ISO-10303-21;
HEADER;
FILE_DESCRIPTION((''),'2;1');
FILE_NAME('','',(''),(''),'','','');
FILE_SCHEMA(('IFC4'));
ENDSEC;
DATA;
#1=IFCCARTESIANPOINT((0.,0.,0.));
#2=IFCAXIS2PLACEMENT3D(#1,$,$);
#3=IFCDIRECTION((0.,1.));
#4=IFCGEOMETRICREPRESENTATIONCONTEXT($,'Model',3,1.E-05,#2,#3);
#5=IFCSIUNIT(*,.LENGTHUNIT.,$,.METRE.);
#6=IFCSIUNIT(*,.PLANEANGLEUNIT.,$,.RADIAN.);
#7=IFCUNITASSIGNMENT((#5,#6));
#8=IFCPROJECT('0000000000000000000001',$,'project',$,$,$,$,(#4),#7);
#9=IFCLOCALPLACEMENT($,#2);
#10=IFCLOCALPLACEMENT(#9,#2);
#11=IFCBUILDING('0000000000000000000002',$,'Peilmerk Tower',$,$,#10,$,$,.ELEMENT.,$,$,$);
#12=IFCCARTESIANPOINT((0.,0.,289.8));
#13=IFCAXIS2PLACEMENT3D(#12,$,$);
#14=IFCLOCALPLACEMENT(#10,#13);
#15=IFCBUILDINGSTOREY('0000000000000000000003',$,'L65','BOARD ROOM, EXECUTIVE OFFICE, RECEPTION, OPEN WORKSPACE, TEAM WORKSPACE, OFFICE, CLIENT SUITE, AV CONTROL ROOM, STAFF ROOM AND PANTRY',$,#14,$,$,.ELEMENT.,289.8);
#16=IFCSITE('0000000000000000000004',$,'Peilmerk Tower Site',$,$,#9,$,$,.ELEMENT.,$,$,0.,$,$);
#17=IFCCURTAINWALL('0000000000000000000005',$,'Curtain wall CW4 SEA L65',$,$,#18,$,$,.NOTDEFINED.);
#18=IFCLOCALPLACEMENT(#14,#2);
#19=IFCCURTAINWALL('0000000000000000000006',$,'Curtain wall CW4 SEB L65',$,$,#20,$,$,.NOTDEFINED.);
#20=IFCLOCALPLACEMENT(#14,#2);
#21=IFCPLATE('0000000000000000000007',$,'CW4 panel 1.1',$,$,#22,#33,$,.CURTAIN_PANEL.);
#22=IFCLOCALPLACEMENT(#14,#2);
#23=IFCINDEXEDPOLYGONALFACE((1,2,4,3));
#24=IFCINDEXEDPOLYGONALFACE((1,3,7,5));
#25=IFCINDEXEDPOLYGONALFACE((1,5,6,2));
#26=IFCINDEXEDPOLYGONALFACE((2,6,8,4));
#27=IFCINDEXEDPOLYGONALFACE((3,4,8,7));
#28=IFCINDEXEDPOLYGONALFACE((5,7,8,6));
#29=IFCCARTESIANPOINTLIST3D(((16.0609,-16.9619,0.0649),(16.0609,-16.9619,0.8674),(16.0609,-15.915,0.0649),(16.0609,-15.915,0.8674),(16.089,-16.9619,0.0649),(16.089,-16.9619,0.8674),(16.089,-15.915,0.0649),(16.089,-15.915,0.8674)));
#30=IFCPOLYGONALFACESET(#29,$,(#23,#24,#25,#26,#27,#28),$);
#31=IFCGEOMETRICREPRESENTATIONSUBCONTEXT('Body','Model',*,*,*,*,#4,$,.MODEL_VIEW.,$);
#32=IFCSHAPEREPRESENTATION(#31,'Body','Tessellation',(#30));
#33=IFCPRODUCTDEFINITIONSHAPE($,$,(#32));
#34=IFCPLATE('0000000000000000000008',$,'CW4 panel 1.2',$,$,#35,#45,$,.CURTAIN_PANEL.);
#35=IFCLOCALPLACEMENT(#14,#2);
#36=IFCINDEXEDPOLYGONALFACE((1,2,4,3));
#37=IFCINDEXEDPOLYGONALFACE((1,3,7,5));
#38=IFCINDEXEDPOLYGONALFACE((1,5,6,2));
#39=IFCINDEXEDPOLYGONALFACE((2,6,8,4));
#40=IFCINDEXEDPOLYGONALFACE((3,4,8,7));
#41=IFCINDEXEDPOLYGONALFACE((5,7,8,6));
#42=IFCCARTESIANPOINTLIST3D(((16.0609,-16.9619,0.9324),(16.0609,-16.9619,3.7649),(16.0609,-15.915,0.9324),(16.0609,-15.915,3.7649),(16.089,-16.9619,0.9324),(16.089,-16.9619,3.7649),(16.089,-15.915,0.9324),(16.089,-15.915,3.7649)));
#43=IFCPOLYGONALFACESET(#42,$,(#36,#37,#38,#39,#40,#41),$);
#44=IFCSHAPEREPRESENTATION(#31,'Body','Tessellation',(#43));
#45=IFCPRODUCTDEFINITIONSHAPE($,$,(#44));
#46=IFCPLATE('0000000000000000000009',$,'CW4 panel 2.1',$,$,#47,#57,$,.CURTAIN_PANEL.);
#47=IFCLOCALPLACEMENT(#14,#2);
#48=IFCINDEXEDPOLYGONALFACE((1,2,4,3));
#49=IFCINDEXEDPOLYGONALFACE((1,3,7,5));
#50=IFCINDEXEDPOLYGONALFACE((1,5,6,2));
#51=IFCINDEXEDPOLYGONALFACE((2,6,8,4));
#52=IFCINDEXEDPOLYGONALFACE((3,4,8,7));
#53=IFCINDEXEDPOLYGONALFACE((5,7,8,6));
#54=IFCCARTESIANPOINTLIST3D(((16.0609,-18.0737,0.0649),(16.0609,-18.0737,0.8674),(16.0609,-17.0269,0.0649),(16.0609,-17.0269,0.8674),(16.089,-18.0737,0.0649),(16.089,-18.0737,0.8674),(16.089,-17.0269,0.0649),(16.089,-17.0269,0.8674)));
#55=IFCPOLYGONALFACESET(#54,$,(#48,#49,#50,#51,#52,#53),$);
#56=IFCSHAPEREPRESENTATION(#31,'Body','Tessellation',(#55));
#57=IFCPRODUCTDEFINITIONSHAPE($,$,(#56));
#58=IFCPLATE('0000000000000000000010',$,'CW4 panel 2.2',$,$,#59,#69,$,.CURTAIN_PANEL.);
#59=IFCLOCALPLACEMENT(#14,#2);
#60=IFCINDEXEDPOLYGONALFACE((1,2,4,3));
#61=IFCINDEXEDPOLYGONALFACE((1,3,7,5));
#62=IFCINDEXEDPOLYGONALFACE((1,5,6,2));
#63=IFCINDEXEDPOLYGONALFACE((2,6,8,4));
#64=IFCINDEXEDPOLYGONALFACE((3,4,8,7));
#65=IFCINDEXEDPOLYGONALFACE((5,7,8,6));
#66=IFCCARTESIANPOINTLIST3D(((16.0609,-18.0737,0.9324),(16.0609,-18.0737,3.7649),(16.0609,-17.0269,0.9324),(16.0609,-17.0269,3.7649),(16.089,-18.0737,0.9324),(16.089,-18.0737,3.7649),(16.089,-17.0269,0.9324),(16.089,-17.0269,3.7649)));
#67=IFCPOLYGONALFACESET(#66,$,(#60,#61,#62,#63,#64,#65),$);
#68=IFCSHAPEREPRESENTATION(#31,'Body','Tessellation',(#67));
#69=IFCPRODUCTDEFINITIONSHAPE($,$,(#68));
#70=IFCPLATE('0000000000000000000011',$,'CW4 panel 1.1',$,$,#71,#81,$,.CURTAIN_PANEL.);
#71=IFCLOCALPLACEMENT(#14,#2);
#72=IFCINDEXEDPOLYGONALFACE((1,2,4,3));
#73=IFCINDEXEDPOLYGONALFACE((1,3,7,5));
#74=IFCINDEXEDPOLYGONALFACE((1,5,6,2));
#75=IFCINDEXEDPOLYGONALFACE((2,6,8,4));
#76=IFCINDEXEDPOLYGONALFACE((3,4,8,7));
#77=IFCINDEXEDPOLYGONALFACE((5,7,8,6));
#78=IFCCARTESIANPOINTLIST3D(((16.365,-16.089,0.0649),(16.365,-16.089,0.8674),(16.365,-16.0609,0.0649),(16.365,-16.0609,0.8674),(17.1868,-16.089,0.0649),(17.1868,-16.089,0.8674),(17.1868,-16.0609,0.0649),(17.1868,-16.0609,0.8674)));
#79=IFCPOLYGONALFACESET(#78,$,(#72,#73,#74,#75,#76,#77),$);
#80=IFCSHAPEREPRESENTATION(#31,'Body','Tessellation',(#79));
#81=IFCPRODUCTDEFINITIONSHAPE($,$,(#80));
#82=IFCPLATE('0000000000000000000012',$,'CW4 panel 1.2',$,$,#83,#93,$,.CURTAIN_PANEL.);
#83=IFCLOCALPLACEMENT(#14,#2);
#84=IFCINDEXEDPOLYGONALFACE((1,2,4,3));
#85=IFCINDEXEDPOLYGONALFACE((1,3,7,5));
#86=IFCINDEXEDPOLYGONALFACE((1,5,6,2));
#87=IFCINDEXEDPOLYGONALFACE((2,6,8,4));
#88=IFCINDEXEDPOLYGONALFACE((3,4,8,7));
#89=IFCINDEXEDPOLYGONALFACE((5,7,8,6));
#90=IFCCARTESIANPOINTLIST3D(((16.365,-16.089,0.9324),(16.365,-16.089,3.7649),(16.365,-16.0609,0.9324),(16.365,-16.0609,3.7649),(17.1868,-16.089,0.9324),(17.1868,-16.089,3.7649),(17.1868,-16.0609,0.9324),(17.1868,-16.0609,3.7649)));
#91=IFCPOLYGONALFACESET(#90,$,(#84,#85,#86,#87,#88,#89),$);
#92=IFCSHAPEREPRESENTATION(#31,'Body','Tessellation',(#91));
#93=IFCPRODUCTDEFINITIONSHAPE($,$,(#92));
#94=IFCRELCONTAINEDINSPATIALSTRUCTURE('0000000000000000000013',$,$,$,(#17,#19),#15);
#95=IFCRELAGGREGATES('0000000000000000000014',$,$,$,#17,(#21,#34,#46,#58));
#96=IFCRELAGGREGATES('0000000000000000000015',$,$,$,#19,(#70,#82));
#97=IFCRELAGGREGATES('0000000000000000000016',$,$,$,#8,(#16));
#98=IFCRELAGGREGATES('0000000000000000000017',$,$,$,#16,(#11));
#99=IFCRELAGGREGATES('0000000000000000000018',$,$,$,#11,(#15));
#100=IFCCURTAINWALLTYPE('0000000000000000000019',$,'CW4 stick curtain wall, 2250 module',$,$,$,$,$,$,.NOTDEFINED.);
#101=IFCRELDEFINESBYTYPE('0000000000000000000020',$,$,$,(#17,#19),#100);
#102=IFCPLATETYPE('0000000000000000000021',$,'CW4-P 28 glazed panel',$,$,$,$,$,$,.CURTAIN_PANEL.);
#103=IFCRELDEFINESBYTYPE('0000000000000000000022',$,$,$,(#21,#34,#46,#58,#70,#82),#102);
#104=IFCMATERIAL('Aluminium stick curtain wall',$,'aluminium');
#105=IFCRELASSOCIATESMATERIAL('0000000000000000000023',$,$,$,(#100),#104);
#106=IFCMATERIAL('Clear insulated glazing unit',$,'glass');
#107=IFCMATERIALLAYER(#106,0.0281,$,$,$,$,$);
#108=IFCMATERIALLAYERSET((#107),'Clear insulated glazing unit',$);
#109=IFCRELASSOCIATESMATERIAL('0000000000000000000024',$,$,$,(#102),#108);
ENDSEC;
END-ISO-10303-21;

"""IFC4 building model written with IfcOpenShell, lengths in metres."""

from ifc_helpers import new_model, si_unit, direction, frame, origin, origin_2d, place, context, subcontext, project, spatial, rectangle, extrude, material, layer, layer_set, type_object, element, aggregate, save


model = new_model("IFC4")

# Units and contexts
model_context = context("Model", 3, precision=1e-05, world=origin(), true_north=direction((0.0, 1.0)))
body_context = subcontext(model_context, "Body", "Model", "MODEL_VIEW")
ifc_project = project(units=[si_unit("LENGTHUNIT", "METRE"), si_unit("PLANEANGLEUNIT", "RADIAN")], contexts=[model_context])

# Site, building, storey
site_placement = place(None, origin())
site = spatial("IfcSite", under=ifc_project, at=site_placement, Name="Peilmerk Tower Site", CompositionType="ELEMENT", RefElevation=0.0)
building_placement = place(site_placement, origin())
building = spatial("IfcBuilding", under=site, at=building_placement, Name="Peilmerk Tower", CompositionType="ELEMENT")
storey_placement = place(building_placement, frame((0.0, 0.0, 289.8)))
storey = spatial("IfcBuildingStorey", under=building, at=storey_placement, Name="L65", Description="BOARD ROOM, EXECUTIVE OFFICE, RECEPTION, OPEN WORKSPACE, TEAM WORKSPACE, OFFICE, CLIENT SUITE, AV CONTROL ROOM, STAFF ROOM AND PANTRY", CompositionType="ELEMENT", Elevation=289.8)

# Curtain walls
ifc_material_1 = material(Name="Aluminium stick curtain wall", Category="aluminium")
curtain_wall_type = type_object("IfcCurtainWallType", Name="CW4 stick curtain wall, 2250 module", PredefinedType="NOTDEFINED", material=ifc_material_1)
curtain_wall_1_placement = place(storey_placement, origin())
curtain_wall_1 = element("IfcCurtainWall", 1, at=curtain_wall_1_placement, inside=storey, type_object=curtain_wall_type, Name="Curtain wall CW4 SEA L65", PredefinedType="NOTDEFINED")
curtain_wall_2_placement = place(storey_placement, origin())
curtain_wall_2 = element("IfcCurtainWall", 2, at=curtain_wall_2_placement, inside=storey, type_object=curtain_wall_type, Name="Curtain wall CW4 SEB L65", PredefinedType="NOTDEFINED")

# Plates
ifc_material_2 = material(Name="Clear insulated glazing unit", Category="glass")
ifc_layer_1 = layer(ifc_material_2, 0.0281)
ifc_layer_set_1 = layer_set([ifc_layer_1], Name="Clear insulated glazing unit")
plate_type = type_object("IfcPlateType", Name="CW4-P 28 glazed panel", PredefinedType="CURTAIN_PANEL", material=ifc_layer_set_1)
plate_1_placement = place(storey_placement, frame((16.075, -16.4385, 0.0649), z_axis=(0.0, 0.0, 1.0), x_axis=(0.0, -1.0, 0.0)))
plate_1 = element("IfcPlate", 3, at=plate_1_placement, type_object=plate_type, Name="CW4 panel 1.1", PredefinedType="CURTAIN_PANEL", context=body_context, shape_type="SweptSolid", body=[
    extrude(rectangle(XDim=1.0469, YDim=0.0281, at=origin_2d()), origin(), (0.0, 0.0, 1.0), 0.8025),
])
plate_2_placement = place(storey_placement, frame((16.075, -16.4385, 0.9324), z_axis=(0.0, 0.0, 1.0), x_axis=(0.0, -1.0, 0.0)))
plate_2 = element("IfcPlate", 4, at=plate_2_placement, type_object=plate_type, Name="CW4 panel 1.2", PredefinedType="CURTAIN_PANEL", context=body_context, shape_type="SweptSolid", body=[
    extrude(rectangle(XDim=1.0469, YDim=0.0281, at=origin_2d()), origin(), (0.0, 0.0, 1.0), 2.8325),
])
plate_3_placement = place(storey_placement, frame((16.075, -17.5503, 0.0649), z_axis=(0.0, 0.0, 1.0), x_axis=(0.0, -1.0, 0.0)))
plate_3 = element("IfcPlate", 5, at=plate_3_placement, type_object=plate_type, Name="CW4 panel 2.1", PredefinedType="CURTAIN_PANEL", context=body_context, shape_type="SweptSolid", body=[
    extrude(rectangle(XDim=1.0469, YDim=0.0281, at=origin_2d()), origin(), (0.0, 0.0, 1.0), 0.8025),
])
plate_4_placement = place(storey_placement, frame((16.075, -17.5503, 0.9324), z_axis=(0.0, 0.0, 1.0), x_axis=(0.0, -1.0, 0.0)))
plate_4 = element("IfcPlate", 6, at=plate_4_placement, type_object=plate_type, Name="CW4 panel 2.2", PredefinedType="CURTAIN_PANEL", context=body_context, shape_type="SweptSolid", body=[
    extrude(rectangle(XDim=1.0469, YDim=0.0281, at=origin_2d()), origin(), (0.0, 0.0, 1.0), 2.8325),
])
aggregate(curtain_wall_1, [plate_1, plate_2, plate_3, plate_4])
plate_5_placement = place(storey_placement, frame((16.7759, -16.075, 0.0649), z_axis=(0.0, 0.0, 1.0), x_axis=(1.0, 0.0, 0.0)))
plate_5 = element("IfcPlate", 7, at=plate_5_placement, type_object=plate_type, Name="CW4 panel 1.1", PredefinedType="CURTAIN_PANEL", context=body_context, shape_type="SweptSolid", body=[
    extrude(rectangle(XDim=0.8218, YDim=0.0281, at=origin_2d()), origin(), (0.0, 0.0, 1.0), 0.8025),
])
plate_6_placement = place(storey_placement, frame((16.7759, -16.075, 0.9324), z_axis=(0.0, 0.0, 1.0), x_axis=(1.0, 0.0, 0.0)))
plate_6 = element("IfcPlate", 8, at=plate_6_placement, type_object=plate_type, Name="CW4 panel 1.2", PredefinedType="CURTAIN_PANEL", context=body_context, shape_type="SweptSolid", body=[
    extrude(rectangle(XDim=0.8218, YDim=0.0281, at=origin_2d()), origin(), (0.0, 0.0, 1.0), 2.8325),
])
aggregate(curtain_wall_2, [plate_5, plate_6])

save(model, "model.ifc")
